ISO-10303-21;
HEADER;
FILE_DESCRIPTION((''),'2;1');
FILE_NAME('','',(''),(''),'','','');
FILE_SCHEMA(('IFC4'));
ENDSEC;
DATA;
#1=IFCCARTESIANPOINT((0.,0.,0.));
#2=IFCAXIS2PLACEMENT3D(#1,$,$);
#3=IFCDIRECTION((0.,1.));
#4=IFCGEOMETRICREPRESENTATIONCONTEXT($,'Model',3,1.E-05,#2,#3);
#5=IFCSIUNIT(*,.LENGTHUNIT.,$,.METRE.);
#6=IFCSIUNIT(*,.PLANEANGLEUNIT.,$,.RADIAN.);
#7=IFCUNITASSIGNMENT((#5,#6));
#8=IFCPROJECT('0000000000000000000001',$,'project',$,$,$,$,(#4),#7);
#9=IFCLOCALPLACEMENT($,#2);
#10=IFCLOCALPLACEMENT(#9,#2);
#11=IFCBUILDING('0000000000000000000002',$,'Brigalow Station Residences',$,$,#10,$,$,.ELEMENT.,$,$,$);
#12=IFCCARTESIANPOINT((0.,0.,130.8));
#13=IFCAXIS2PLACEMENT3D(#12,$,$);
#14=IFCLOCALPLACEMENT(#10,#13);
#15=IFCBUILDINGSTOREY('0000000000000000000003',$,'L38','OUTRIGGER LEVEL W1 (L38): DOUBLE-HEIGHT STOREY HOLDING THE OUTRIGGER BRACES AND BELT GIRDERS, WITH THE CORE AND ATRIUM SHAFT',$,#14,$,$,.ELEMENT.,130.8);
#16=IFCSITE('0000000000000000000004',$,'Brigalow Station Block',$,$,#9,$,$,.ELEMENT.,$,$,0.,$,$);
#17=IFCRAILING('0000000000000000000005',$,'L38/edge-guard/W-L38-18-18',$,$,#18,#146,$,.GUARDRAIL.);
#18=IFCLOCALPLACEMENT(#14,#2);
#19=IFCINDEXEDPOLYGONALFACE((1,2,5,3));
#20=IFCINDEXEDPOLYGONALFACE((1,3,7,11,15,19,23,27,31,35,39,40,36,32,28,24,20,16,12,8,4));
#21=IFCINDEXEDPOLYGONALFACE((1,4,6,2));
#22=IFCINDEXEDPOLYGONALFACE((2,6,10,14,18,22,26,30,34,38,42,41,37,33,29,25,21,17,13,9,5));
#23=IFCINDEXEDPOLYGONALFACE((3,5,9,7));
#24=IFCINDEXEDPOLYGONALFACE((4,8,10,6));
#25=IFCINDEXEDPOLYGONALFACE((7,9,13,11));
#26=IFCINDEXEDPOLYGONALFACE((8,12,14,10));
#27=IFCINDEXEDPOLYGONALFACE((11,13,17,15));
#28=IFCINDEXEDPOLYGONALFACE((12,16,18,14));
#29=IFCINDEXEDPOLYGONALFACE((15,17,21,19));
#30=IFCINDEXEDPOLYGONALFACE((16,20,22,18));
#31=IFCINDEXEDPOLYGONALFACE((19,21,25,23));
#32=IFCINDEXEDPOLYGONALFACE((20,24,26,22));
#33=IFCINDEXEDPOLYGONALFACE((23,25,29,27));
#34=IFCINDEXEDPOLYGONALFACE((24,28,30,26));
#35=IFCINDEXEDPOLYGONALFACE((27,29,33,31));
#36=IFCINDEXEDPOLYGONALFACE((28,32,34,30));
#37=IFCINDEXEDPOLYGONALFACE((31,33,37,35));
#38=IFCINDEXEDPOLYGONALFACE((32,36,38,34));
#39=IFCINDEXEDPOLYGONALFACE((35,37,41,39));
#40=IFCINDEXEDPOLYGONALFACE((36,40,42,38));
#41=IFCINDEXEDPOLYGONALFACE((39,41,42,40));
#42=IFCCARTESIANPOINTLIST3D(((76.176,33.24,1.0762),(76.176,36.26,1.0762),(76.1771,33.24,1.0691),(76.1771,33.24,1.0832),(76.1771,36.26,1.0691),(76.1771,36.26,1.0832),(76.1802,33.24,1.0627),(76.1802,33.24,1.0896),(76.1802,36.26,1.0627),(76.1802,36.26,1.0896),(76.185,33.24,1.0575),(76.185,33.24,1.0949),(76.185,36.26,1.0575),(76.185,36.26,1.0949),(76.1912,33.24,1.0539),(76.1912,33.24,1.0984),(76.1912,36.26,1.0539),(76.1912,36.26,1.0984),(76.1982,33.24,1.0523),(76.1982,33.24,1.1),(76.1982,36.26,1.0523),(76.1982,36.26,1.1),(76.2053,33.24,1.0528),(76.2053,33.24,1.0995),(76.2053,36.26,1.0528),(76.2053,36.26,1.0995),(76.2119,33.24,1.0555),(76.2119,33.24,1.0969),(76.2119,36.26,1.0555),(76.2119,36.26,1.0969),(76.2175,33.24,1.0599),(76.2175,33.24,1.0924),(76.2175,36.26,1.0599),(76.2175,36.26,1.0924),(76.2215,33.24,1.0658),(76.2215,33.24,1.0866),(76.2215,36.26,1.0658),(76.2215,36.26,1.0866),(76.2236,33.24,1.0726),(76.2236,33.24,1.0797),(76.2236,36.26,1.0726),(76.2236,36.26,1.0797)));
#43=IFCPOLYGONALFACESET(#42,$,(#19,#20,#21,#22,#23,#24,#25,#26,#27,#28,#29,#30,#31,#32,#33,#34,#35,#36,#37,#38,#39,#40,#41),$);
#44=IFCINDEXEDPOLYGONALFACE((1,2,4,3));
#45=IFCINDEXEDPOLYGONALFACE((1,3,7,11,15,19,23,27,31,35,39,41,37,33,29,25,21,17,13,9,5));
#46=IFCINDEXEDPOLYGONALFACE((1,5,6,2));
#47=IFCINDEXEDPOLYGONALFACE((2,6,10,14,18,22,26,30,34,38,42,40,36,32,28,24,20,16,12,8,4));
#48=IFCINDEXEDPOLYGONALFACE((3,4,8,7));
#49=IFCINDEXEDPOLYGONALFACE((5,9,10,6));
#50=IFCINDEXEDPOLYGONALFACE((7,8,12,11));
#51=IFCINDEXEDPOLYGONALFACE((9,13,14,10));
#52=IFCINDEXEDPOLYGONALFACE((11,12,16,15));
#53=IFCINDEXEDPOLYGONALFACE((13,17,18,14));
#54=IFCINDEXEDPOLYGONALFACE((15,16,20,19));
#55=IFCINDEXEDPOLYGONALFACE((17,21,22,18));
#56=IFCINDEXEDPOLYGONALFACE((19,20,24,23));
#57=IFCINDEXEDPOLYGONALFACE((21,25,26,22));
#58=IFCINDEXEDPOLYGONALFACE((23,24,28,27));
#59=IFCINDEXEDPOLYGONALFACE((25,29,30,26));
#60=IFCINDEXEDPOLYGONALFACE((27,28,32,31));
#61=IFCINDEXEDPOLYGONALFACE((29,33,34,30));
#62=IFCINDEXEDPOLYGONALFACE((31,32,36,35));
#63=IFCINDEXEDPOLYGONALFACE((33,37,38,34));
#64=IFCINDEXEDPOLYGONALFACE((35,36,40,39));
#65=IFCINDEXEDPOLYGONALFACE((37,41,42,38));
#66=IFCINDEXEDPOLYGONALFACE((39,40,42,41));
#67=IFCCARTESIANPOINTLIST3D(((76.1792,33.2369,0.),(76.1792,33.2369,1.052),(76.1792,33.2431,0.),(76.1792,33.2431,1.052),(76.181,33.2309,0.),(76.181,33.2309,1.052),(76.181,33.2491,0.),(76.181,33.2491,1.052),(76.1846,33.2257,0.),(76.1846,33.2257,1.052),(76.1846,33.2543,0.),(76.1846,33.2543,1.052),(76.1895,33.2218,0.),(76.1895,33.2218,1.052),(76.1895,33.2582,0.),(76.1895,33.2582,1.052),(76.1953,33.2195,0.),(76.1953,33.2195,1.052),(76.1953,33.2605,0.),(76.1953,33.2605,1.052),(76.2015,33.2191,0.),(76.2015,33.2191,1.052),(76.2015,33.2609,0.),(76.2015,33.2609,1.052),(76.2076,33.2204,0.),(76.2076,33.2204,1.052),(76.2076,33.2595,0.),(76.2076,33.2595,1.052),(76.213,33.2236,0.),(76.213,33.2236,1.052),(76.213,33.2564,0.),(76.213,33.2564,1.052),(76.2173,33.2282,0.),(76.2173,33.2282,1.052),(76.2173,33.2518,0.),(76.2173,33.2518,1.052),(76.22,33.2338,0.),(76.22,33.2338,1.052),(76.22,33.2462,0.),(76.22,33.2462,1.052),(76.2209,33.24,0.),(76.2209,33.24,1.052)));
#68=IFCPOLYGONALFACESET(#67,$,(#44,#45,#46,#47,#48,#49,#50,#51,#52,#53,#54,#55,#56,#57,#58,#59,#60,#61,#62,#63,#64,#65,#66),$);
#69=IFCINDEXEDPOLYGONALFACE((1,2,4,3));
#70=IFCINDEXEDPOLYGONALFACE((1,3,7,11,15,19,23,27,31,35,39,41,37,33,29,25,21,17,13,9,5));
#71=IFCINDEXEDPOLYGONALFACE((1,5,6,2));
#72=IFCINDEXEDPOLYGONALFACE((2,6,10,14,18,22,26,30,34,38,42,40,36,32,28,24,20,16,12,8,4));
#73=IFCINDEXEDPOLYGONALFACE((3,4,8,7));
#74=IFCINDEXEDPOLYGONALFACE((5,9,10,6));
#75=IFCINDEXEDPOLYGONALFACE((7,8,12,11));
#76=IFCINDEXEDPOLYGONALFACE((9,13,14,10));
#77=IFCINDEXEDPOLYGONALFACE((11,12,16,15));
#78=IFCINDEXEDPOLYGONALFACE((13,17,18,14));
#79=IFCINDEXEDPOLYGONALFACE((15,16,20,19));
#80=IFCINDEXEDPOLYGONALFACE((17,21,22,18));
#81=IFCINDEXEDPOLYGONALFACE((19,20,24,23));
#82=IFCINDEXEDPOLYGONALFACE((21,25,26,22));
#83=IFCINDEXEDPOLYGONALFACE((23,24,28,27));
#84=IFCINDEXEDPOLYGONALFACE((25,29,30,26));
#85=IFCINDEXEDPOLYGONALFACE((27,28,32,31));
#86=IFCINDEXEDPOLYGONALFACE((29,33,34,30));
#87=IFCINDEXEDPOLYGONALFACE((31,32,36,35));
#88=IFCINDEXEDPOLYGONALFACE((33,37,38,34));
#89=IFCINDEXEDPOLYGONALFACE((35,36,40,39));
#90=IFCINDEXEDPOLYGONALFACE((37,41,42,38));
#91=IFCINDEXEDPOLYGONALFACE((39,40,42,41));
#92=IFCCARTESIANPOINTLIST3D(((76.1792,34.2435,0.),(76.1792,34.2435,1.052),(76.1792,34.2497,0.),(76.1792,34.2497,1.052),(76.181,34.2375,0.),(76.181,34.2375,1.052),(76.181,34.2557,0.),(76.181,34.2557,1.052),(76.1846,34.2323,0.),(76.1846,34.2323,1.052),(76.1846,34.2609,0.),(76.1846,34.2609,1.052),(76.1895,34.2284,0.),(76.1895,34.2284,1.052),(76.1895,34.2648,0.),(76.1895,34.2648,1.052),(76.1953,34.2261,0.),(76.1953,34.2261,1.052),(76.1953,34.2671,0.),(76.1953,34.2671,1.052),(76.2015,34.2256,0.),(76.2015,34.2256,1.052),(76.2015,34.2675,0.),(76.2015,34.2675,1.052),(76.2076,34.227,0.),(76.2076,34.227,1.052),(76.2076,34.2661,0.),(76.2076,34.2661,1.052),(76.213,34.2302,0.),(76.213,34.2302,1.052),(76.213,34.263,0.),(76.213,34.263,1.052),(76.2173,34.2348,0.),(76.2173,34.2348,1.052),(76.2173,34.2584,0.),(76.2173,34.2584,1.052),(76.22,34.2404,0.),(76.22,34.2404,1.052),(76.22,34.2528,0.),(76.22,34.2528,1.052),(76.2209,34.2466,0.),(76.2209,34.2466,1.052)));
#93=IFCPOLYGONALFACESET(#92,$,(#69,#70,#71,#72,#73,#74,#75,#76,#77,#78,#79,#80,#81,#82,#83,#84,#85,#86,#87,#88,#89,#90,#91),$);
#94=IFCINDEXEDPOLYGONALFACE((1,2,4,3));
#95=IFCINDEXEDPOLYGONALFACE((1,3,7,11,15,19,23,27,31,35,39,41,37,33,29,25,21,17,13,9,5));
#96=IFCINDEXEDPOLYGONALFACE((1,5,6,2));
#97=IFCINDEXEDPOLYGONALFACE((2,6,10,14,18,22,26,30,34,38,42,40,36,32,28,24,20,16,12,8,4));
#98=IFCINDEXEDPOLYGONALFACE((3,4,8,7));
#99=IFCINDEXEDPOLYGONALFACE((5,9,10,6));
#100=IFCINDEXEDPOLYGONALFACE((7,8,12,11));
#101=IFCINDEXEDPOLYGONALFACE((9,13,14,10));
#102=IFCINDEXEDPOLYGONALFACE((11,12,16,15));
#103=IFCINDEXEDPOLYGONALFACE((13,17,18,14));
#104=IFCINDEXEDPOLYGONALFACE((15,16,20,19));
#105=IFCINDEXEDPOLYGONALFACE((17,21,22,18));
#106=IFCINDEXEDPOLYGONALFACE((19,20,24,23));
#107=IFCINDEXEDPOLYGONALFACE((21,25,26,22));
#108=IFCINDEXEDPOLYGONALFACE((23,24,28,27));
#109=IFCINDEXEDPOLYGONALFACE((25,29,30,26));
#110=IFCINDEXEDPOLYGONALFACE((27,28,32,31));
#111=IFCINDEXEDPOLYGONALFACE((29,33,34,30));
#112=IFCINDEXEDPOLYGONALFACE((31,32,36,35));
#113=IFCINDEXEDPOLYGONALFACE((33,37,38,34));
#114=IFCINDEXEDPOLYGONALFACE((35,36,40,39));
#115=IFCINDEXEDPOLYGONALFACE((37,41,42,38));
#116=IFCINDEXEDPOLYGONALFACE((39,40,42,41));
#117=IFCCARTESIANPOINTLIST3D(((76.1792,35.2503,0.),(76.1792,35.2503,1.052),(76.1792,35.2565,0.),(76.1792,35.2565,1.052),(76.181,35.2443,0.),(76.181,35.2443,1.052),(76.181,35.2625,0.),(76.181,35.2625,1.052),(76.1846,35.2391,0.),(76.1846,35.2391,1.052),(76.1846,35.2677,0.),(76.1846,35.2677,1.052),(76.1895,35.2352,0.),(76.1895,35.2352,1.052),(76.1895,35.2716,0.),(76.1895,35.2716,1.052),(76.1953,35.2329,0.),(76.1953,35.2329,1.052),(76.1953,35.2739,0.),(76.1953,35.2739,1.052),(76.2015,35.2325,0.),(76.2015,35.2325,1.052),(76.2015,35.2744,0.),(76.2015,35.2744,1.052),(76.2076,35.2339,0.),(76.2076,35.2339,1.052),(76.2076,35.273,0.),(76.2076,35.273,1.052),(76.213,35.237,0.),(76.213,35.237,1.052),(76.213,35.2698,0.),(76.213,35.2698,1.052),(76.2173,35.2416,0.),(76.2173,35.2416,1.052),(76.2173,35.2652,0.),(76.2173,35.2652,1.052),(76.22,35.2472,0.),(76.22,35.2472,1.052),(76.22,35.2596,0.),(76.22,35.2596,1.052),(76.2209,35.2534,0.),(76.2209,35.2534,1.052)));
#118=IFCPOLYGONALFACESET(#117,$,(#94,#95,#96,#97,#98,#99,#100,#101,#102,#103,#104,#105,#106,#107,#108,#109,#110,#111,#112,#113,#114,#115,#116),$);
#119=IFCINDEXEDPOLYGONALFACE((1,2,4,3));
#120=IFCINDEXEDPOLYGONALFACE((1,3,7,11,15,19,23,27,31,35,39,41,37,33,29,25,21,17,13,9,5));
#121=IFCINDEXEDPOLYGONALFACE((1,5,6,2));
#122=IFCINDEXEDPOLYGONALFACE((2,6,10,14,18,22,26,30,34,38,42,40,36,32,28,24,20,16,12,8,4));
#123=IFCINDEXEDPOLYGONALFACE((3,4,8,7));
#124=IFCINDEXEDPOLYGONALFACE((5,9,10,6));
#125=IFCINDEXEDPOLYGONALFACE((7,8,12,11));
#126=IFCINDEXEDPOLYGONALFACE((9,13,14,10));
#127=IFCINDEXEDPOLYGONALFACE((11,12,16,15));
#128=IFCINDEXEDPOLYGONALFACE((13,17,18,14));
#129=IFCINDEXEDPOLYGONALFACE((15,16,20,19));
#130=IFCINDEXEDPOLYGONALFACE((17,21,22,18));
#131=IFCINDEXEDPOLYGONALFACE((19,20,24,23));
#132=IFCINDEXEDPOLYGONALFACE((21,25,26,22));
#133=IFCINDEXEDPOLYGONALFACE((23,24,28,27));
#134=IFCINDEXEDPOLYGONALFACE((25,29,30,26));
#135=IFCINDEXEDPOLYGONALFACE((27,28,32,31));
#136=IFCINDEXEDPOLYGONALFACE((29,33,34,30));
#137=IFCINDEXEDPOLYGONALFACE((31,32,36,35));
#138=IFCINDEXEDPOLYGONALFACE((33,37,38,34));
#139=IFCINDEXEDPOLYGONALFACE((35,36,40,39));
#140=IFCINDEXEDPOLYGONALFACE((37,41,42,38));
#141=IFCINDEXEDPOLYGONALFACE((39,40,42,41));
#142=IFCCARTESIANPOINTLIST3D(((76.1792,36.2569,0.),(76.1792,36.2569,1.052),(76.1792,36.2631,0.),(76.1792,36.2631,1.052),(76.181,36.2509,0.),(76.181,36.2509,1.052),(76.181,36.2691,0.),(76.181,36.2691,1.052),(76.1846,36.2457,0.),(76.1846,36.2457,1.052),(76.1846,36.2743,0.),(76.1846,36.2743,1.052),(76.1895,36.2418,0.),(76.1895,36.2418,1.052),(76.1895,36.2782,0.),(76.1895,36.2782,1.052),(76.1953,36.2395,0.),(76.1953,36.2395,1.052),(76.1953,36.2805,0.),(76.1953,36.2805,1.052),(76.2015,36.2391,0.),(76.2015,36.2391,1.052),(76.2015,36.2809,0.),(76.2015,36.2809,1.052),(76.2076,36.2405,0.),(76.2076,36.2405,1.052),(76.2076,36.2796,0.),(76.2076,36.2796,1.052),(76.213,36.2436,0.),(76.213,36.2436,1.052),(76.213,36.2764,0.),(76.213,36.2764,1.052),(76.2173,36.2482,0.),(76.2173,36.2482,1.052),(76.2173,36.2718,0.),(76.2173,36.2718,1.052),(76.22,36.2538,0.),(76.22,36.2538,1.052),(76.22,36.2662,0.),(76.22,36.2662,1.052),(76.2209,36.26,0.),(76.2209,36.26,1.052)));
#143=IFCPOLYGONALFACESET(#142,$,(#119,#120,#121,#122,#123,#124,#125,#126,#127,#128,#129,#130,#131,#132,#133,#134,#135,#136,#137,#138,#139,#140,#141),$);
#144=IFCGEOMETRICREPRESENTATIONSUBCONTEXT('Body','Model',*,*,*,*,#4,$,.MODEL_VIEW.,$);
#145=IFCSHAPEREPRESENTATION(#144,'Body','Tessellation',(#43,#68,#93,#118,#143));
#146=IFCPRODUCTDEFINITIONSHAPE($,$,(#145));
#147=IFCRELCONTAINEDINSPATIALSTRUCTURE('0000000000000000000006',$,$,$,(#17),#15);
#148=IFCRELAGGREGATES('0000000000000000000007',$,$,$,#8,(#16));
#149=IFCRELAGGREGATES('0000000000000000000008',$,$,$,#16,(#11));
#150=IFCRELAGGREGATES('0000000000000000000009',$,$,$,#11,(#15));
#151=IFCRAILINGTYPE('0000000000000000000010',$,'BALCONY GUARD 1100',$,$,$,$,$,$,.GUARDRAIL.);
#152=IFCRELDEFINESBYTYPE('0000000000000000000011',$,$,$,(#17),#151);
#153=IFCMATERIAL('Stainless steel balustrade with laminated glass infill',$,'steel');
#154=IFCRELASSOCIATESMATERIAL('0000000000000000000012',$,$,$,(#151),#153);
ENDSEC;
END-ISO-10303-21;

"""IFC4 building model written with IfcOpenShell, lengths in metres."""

from ifc_helpers import new_model, si_unit, direction, frame, origin, origin_2d, place, context, subcontext, project, spatial, circle, extrude, material, type_object, element, save


model = new_model("IFC4")

# Units and contexts
model_context = context("Model", 3, precision=1e-05, world=origin(), true_north=direction((0.0, 1.0)))
body_context = subcontext(model_context, "Body", "Model", "MODEL_VIEW")
ifc_project = project(units=[si_unit("LENGTHUNIT", "METRE"), si_unit("PLANEANGLEUNIT", "RADIAN")], contexts=[model_context])

# Site, building, storey
site_placement = place(None, origin())
site = spatial("IfcSite", under=ifc_project, at=site_placement, Name="Brigalow Station Block", CompositionType="ELEMENT", RefElevation=0.0)
building_placement = place(site_placement, origin())
building = spatial("IfcBuilding", under=site, at=building_placement, Name="Brigalow Station Residences", CompositionType="ELEMENT")
storey_placement = place(building_placement, frame((0.0, 0.0, 130.8)))
storey = spatial("IfcBuildingStorey", under=building, at=storey_placement, Name="L38", Description="OUTRIGGER LEVEL W1 (L38): DOUBLE-HEIGHT STOREY HOLDING THE OUTRIGGER BRACES AND BELT GIRDERS, WITH THE CORE AND ATRIUM SHAFT", CompositionType="ELEMENT", Elevation=130.8)

# Railing
ifc_material_1 = material(Name="Stainless steel balustrade with laminated glass infill", Category="steel")
railing_type_1 = type_object("IfcRailingType", Name="BALCONY GUARD 1100", PredefinedType="GUARDRAIL", material=ifc_material_1)
railing_1_placement = place(storey_placement, frame((76.2, 33.24, 0.0)))
element("IfcRailing", 1, at=railing_1_placement, inside=storey, type_object=railing_type_1, Name="L38/edge-guard/W-L38-18-18", PredefinedType="GUARDRAIL", context=body_context, shape_type="SweptSolid", body=[
    extrude(circle(Radius=0.0239, at=origin_2d()), frame((0.0, 0.0, 1.0762), z_axis=(0.0, 1.0, 0.0), x_axis=(-1.0, 0.0, 0.0)), (0.0, 0.0, 1.0), 3.02),
    extrude(circle(Radius=0.021, at=origin_2d()), origin(), (0.0, 0.0, 1.0), 1.052),
    extrude(circle(Radius=0.021, at=origin_2d()), frame((0.0, 1.0066, 0.0)), (0.0, 0.0, 1.0), 1.052),
    extrude(circle(Radius=0.021, at=origin_2d()), frame((0.0, 2.0134, 0.0)), (0.0, 0.0, 1.0), 1.052),
    extrude(circle(Radius=0.021, at=origin_2d()), frame((0.0, 3.02, 0.0)), (0.0, 0.0, 1.0), 1.052),
])

save(model, "model.ifc")
